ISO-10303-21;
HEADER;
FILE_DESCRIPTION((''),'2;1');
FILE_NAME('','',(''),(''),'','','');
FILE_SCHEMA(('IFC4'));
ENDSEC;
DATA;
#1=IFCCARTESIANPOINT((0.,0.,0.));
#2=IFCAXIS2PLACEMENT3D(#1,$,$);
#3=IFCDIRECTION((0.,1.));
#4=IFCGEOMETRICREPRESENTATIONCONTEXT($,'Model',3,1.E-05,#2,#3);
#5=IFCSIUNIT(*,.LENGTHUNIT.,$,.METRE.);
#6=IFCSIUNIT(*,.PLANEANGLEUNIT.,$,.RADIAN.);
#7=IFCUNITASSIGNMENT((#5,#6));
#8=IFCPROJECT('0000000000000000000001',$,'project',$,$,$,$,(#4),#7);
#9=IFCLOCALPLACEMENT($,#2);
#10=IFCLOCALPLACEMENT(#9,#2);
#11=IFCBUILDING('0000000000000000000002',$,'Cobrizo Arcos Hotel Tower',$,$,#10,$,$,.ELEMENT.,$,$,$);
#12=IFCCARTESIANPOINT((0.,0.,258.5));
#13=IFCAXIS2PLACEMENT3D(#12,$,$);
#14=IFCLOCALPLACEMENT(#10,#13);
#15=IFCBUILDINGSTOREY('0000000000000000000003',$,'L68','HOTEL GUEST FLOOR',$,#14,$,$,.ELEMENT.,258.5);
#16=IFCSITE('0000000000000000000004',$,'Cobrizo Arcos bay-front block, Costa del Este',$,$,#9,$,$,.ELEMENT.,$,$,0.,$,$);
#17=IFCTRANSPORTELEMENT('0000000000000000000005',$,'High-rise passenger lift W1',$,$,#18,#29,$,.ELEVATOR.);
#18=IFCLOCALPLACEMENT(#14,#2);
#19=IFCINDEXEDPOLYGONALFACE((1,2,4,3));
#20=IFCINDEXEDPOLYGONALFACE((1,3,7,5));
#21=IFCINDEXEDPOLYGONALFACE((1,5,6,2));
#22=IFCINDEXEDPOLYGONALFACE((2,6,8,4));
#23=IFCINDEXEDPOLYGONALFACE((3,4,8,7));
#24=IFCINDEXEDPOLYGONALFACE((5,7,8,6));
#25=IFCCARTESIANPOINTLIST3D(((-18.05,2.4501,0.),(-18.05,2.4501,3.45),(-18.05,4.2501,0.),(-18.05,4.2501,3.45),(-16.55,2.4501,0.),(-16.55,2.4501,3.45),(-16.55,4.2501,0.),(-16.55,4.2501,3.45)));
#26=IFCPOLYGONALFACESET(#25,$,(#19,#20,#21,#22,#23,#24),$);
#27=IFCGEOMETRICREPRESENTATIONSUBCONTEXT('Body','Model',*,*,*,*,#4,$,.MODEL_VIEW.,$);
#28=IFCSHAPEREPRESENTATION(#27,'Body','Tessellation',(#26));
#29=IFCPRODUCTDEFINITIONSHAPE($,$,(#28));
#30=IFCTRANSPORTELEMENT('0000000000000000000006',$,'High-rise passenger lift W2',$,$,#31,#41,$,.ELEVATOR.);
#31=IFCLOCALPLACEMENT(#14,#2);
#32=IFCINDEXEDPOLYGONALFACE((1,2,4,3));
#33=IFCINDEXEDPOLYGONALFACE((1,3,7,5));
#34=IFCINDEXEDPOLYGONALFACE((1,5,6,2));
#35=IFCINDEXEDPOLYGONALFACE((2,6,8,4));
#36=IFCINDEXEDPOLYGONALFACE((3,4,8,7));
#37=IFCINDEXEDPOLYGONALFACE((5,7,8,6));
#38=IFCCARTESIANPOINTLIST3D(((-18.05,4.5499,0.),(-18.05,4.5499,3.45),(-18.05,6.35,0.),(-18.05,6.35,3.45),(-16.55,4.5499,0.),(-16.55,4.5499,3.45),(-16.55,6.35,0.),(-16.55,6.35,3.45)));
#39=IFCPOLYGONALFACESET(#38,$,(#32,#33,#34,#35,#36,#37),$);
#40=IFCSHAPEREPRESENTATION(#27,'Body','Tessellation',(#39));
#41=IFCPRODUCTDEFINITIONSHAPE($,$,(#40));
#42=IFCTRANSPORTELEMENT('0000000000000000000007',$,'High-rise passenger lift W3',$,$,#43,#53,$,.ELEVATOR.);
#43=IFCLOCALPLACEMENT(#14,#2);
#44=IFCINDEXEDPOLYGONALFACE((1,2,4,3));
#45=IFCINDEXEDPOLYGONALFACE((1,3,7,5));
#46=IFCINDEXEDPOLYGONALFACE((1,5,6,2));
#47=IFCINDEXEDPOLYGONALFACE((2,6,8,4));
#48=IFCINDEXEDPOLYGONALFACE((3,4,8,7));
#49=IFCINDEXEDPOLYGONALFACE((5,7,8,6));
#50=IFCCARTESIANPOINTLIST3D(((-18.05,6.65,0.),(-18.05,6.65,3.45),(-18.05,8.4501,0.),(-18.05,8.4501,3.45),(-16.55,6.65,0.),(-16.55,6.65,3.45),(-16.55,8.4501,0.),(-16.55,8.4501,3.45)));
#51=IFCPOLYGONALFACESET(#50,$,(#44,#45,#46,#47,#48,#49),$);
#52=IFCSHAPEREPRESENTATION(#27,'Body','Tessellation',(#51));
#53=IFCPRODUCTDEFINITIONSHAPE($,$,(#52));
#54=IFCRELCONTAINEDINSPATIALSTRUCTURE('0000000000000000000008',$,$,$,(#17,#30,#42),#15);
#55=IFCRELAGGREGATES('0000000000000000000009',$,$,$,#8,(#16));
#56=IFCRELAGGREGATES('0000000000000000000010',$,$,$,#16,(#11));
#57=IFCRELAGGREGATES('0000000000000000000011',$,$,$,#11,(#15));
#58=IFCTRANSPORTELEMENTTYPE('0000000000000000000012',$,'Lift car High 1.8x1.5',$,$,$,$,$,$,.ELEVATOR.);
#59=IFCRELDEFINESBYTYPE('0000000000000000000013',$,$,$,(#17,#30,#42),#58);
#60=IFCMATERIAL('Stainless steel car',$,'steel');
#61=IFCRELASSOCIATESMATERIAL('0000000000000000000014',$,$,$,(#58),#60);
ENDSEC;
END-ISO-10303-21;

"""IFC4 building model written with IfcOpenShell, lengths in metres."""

from ifc_helpers import new_model, si_unit, direction, frame, origin, origin_2d, place, context, subcontext, project, spatial, rectangle, extrude, material, type_object, element, save


model = new_model("IFC4")

# Units and contexts
model_context = context("Model", 3, precision=1e-05, world=origin(), true_north=direction((0.0, 1.0)))
body_context = subcontext(model_context, "Body", "Model", "MODEL_VIEW")
ifc_project = project(units=[si_unit("LENGTHUNIT", "METRE"), si_unit("PLANEANGLEUNIT", "RADIAN")], contexts=[model_context])

# Site, building, storey
site_placement = place(None, origin())
site = spatial("IfcSite", under=ifc_project, at=site_placement, Name="Cobrizo Arcos bay-front block, Costa del Este", CompositionType="ELEMENT", RefElevation=0.0)
building_placement = place(site_placement, origin())
building = spatial("IfcBuilding", under=site, at=building_placement, Name="Cobrizo Arcos Hotel Tower", CompositionType="ELEMENT")
storey_placement = place(building_placement, frame((0.0, 0.0, 258.5)))
storey = spatial("IfcBuildingStorey", under=building, at=storey_placement, Name="L68", Description="HOTEL GUEST FLOOR", CompositionType="ELEMENT", Elevation=258.5)

# Transport elements
ifc_material_1 = material(Name="Stainless steel car", Category="steel")
transport_element_type = type_object("IfcTransportElementType", Name="Lift car High 1.8x1.5", PredefinedType="ELEVATOR", material=ifc_material_1)
for number, where, z_axis, x_axis, name in (
    (1, (-17.3, 3.3501, 0.0), (0.0, 0.0, 1.0), (1.0, 0.0, 0.0), "High-rise passenger lift W1"),
    (2, (-17.3, 5.45, 0.0), (0.0, 0.0, 1.0), (1.0, 0.0, 0.0), "High-rise passenger lift W2"),
    (3, (-17.3, 7.55, 0.0), (0.0, 0.0, 1.0), (1.0, 0.0, 0.0), "High-rise passenger lift W3"),
):
    element("IfcTransportElement", number, at=place(storey_placement, frame(where, z_axis=z_axis, x_axis=x_axis)), inside=storey, type_object=transport_element_type, Name=name, PredefinedType="ELEVATOR", context=body_context, shape_type="SweptSolid", body=[
        extrude(rectangle(XDim=1.5, YDim=1.8, at=origin_2d()), origin(), (0.0, 0.0, 1.0), 3.45),
    ])

save(model, "model.ifc")
